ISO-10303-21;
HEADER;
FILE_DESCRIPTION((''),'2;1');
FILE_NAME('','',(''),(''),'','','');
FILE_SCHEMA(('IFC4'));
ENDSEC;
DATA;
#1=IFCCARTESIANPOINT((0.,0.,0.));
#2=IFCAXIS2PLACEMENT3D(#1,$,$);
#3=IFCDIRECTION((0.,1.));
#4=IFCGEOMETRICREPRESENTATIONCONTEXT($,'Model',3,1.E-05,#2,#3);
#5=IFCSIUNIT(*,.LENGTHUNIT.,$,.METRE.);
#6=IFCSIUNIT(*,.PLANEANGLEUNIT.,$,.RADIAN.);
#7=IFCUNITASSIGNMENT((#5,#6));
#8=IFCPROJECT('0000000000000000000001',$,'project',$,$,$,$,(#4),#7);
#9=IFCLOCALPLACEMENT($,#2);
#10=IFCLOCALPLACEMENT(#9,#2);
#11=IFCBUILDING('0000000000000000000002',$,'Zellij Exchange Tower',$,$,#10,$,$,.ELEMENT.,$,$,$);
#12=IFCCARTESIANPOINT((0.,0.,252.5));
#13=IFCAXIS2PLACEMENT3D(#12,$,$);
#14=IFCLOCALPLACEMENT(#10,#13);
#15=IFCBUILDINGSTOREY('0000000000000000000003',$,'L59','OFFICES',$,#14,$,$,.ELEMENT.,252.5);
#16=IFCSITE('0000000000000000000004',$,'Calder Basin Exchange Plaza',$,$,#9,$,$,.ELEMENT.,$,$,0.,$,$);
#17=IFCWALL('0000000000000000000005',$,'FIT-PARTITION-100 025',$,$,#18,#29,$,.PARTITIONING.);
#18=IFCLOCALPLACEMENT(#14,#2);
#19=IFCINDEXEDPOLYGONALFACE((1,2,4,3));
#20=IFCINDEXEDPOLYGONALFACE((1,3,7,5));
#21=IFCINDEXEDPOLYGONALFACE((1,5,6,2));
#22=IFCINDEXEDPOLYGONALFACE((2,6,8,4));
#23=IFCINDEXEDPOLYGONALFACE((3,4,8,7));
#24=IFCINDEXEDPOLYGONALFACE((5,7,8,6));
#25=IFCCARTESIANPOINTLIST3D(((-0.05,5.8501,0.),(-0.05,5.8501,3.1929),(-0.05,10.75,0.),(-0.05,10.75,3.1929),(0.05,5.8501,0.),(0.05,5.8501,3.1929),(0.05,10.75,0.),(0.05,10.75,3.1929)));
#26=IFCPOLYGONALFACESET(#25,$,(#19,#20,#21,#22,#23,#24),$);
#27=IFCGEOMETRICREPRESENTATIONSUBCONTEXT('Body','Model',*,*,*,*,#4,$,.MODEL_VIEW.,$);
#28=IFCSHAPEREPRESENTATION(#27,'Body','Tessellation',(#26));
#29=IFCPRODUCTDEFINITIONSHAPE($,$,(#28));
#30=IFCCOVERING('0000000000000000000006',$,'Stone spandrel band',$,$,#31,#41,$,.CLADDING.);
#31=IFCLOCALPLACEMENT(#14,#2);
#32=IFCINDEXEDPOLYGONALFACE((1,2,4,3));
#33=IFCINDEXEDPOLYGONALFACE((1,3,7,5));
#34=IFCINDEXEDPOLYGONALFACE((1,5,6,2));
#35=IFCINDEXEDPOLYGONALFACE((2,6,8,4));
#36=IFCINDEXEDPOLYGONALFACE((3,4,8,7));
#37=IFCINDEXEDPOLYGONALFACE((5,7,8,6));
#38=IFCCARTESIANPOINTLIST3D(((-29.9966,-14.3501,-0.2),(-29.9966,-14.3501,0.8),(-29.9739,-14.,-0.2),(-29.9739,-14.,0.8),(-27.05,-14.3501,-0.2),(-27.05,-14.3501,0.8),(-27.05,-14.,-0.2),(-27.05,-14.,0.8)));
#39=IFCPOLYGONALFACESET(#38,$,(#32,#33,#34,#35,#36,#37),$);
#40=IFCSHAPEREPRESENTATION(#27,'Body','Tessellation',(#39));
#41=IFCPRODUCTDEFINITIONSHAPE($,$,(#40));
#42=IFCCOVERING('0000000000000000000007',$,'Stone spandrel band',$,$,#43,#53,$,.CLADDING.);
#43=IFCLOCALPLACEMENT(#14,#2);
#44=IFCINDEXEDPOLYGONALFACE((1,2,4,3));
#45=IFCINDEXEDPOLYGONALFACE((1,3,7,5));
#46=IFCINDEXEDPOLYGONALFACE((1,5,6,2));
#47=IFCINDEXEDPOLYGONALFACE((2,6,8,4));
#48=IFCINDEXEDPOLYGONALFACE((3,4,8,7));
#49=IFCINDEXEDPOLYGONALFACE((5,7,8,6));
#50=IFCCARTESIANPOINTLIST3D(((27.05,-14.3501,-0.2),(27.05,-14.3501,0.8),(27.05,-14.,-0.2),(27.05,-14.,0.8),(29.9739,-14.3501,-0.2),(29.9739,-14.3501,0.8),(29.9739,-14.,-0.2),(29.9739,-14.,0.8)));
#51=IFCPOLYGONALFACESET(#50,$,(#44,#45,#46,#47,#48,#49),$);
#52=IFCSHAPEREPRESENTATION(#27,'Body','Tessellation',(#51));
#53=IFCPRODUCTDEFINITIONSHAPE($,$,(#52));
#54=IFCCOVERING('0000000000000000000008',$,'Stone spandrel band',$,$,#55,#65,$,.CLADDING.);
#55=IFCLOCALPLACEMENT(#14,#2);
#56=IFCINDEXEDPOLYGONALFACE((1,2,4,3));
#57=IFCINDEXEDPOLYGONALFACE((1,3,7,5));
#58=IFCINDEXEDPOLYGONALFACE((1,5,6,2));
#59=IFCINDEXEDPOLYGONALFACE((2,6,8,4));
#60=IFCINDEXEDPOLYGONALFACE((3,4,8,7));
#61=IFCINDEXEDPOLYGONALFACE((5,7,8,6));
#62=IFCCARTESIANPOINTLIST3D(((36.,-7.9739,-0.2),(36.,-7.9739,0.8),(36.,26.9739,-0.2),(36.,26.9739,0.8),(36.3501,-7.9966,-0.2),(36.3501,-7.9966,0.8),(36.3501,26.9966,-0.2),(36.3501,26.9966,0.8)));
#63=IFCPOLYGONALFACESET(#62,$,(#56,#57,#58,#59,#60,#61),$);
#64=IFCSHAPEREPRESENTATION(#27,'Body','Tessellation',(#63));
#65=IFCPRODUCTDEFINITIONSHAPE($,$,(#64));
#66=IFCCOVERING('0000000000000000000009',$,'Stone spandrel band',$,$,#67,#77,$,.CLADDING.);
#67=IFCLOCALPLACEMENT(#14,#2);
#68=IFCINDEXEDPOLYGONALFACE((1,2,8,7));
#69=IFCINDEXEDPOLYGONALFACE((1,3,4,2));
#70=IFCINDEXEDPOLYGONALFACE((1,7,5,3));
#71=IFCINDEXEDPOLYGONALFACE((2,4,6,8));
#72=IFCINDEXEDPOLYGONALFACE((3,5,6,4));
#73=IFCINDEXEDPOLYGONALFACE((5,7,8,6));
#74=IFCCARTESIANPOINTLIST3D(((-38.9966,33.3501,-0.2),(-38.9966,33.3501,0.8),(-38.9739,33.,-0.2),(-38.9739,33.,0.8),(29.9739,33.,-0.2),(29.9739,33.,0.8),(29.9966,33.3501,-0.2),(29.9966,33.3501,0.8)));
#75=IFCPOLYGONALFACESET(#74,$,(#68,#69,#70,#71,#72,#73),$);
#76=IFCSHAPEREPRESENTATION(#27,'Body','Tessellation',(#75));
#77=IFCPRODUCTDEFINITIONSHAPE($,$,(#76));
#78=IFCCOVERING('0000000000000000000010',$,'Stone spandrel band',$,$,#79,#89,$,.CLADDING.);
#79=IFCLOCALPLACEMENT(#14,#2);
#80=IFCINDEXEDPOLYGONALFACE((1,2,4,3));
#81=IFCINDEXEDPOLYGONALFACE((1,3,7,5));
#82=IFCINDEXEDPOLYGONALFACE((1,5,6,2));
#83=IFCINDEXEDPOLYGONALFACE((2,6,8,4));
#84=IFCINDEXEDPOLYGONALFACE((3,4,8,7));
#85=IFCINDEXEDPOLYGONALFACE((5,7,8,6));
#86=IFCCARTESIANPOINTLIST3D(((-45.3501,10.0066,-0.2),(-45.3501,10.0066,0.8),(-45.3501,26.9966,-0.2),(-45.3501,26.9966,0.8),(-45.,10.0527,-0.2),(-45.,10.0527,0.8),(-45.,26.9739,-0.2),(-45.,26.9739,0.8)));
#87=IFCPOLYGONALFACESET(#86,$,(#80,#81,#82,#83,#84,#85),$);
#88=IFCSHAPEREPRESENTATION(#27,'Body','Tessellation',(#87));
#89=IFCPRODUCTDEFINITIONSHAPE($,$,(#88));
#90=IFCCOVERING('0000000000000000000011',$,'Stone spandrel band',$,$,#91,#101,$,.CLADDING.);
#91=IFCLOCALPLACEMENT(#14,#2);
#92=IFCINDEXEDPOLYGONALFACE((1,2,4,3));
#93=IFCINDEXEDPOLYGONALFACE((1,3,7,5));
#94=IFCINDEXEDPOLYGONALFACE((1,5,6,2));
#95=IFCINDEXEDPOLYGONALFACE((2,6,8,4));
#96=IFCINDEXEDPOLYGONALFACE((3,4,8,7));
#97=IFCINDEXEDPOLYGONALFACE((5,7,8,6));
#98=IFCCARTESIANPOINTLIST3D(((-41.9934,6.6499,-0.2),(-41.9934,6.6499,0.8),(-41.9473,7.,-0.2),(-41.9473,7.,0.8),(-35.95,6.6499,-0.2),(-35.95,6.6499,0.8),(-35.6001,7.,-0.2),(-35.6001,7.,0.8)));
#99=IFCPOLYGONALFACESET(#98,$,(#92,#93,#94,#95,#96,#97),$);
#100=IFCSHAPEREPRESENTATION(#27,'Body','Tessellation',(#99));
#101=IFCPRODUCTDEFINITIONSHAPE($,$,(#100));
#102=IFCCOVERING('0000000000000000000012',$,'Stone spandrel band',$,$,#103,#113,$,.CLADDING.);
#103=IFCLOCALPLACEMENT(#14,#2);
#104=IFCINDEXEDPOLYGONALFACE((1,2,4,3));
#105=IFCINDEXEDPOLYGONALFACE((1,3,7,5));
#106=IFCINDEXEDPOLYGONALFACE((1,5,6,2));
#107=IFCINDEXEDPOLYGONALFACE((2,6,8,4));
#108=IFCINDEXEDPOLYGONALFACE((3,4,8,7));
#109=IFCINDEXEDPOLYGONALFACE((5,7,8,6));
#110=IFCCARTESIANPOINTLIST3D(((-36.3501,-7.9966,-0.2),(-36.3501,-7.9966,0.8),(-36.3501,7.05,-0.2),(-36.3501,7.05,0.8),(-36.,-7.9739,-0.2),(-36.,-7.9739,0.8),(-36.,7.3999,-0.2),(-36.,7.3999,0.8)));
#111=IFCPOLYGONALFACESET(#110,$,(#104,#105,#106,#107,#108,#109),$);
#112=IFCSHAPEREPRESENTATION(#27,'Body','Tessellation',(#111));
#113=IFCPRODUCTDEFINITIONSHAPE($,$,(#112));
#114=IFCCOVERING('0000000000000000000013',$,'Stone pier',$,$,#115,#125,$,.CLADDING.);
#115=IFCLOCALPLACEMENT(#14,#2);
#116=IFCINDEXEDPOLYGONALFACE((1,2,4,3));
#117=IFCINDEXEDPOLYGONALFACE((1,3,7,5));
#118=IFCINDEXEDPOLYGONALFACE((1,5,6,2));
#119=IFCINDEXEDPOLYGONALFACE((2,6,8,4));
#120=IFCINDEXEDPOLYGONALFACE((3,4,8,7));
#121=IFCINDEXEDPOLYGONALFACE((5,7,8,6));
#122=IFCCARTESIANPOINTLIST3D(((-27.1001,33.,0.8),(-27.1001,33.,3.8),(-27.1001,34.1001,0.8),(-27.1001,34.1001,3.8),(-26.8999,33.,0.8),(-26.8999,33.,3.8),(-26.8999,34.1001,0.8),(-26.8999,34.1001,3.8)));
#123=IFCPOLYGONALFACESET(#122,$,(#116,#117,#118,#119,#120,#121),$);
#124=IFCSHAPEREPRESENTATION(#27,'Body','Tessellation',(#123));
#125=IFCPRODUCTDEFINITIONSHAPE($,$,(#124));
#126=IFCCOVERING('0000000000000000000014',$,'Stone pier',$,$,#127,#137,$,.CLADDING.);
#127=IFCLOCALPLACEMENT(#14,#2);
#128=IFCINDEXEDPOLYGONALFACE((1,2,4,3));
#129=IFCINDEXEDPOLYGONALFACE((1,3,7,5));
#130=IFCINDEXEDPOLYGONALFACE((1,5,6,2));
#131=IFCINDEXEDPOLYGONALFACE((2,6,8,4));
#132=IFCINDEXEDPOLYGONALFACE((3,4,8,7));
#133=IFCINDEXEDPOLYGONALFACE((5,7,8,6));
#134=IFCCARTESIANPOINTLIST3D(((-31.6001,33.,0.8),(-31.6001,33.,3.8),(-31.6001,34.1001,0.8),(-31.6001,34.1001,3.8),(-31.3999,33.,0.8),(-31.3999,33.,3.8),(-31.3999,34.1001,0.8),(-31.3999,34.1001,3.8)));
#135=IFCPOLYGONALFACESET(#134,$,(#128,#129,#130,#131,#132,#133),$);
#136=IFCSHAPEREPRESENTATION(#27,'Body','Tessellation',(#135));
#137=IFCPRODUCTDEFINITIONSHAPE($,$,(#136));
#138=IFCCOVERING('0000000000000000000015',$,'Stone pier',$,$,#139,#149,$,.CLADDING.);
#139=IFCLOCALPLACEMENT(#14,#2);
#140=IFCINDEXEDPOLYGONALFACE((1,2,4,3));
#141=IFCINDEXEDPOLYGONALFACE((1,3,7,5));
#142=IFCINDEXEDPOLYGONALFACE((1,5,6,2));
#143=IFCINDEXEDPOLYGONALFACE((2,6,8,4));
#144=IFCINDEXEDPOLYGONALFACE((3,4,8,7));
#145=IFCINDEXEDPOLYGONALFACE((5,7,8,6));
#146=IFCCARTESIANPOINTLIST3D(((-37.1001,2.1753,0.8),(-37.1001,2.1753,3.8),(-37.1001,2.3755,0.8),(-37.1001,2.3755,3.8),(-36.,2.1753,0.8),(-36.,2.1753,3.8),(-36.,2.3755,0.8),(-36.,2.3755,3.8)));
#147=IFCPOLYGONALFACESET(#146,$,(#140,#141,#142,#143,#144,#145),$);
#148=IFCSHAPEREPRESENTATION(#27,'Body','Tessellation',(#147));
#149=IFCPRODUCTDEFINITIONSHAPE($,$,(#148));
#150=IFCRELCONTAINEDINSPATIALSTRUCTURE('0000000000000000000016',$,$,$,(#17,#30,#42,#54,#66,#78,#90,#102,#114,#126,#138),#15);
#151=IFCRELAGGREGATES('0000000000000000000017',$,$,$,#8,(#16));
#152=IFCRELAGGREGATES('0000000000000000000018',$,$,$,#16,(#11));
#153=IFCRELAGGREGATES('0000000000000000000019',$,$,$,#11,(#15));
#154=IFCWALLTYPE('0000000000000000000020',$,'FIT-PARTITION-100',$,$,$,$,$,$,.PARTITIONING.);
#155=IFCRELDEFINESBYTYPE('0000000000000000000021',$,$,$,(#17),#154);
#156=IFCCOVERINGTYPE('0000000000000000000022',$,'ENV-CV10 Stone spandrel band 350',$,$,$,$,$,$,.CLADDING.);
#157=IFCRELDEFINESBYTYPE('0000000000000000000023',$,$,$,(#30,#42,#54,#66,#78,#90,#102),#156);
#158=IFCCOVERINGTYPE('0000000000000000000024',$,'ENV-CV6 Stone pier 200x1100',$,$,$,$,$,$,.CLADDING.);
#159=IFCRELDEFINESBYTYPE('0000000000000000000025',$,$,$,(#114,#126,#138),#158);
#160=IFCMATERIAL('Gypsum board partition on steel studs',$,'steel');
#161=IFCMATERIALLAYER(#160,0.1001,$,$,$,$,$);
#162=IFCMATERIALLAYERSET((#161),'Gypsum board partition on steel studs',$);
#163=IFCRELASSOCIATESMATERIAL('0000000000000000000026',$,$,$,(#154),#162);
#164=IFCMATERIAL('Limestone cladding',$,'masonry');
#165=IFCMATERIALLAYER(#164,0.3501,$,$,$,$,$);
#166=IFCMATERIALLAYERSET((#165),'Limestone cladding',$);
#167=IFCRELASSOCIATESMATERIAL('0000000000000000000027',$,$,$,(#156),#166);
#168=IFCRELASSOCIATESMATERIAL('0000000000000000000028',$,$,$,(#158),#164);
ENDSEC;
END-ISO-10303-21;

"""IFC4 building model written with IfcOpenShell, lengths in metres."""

from ifc_helpers import new_model, si_unit, direction, frame, frame_2d, origin, place, context, subcontext, project, spatial, polyline, rectangle, outline, extrude, material, layer, layer_set, type_object, element, save


model = new_model("IFC4")

# Units and contexts
model_context = context("Model", 3, precision=1e-05, world=origin(), true_north=direction((0.0, 1.0)))
body_context = subcontext(model_context, "Body", "Model", "MODEL_VIEW")
ifc_project = project(units=[si_unit("LENGTHUNIT", "METRE"), si_unit("PLANEANGLEUNIT", "RADIAN")], contexts=[model_context])

# Site, building, storey
site_placement = place(None, origin())
site = spatial("IfcSite", under=ifc_project, at=site_placement, Name="Calder Basin Exchange Plaza", CompositionType="ELEMENT", RefElevation=0.0)
building_placement = place(site_placement, origin())
building = spatial("IfcBuilding", under=site, at=building_placement, Name="Zellij Exchange Tower", CompositionType="ELEMENT")
storey_placement = place(building_placement, frame((0.0, 0.0, 252.5)))
storey = spatial("IfcBuildingStorey", under=building, at=storey_placement, Name="L59", Description="OFFICES", CompositionType="ELEMENT", Elevation=252.5)

# Shared definitions
ifc_material_1 = material(Name="Gypsum board partition on steel studs", Category="steel")
ifc_layer_1 = layer(ifc_material_1, 0.1001)
ifc_layer_set_1 = layer_set([ifc_layer_1], Name="Gypsum board partition on steel studs")
wall_type_1 = type_object("IfcWallType", Name="FIT-PARTITION-100", PredefinedType="PARTITIONING", material=ifc_layer_set_1)

# Wall
wall_1_placement = place(storey_placement, frame((0.0, 5.8501, 0.0), z_axis=(0.0, 0.0, 1.0), x_axis=(0.0, 1.0, 0.0)))
element("IfcWall", 1, at=wall_1_placement, inside=storey, type_object=wall_type_1, Name="FIT-PARTITION-100 025", PredefinedType="PARTITIONING", context=body_context, shape_type="SweptSolid", body=[
    extrude(rectangle(XDim=4.8999, YDim=0.1001, at=frame_2d((2.45, 0.0))), origin(), (0.0, 0.0, 1.0), 3.1929),
])

# Coverings
ifc_material_2 = material(Name="Limestone cladding", Category="masonry")
ifc_layer_2 = layer(ifc_material_2, 0.3501)
ifc_layer_set_2 = layer_set([ifc_layer_2], Name="Limestone cladding")
covering_type_1 = type_object("IfcCoveringType", Name="ENV-CV10 Stone spandrel band 350", PredefinedType="CLADDING", material=ifc_layer_set_2)
covering_1_placement = place(storey_placement, frame((0.0, 0.0, -0.2)))
element("IfcCovering", 2, at=covering_1_placement, inside=storey, type_object=covering_type_1, Name="Stone spandrel band", PredefinedType="CLADDING", context=body_context, shape_type="SweptSolid", body=[
    extrude(outline(polyline([(-29.9739, -14.0), (-27.05, -14.0), (-27.05, -14.3501), (-29.9966, -14.3501), (-29.9739, -14.0)])), origin(), (0.0, 0.0, 1.0), 1.0),
])
covering_2_placement = place(storey_placement, frame((0.0, 0.0, -0.2)))
element("IfcCovering", 3, at=covering_2_placement, inside=storey, type_object=covering_type_1, Name="Stone spandrel band", PredefinedType="CLADDING", context=body_context, shape_type="SweptSolid", body=[
    extrude(outline(polyline([(27.05, -14.0), (29.9739, -14.0), (29.9739, -14.3501), (27.05, -14.3501), (27.05, -14.0)])), origin(), (0.0, 0.0, 1.0), 1.0),
])
covering_3_placement = place(storey_placement, frame((0.0, 0.0, -0.2)))
element("IfcCovering", 4, at=covering_3_placement, inside=storey, type_object=covering_type_1, Name="Stone spandrel band", PredefinedType="CLADDING", context=body_context, shape_type="SweptSolid", body=[
    extrude(outline(polyline([(36.0, -7.9739), (36.0, 26.9739), (36.3501, 26.9966), (36.3501, -7.9966), (36.0, -7.9739)])), origin(), (0.0, 0.0, 1.0), 1.0),
])
covering_4_placement = place(storey_placement, frame((0.0, 0.0, -0.2)))
element("IfcCovering", 5, at=covering_4_placement, inside=storey, type_object=covering_type_1, Name="Stone spandrel band", PredefinedType="CLADDING", context=body_context, shape_type="SweptSolid", body=[
    extrude(outline(polyline([(29.9739, 33.0), (-38.9739, 33.0), (-38.9966, 33.3501), (29.9966, 33.3501), (29.9739, 33.0)])), origin(), (0.0, 0.0, 1.0), 1.0),
])
covering_5_placement = place(storey_placement, frame((0.0, 0.0, -0.2)))
element("IfcCovering", 6, at=covering_5_placement, inside=storey, type_object=covering_type_1, Name="Stone spandrel band", PredefinedType="CLADDING", context=body_context, shape_type="SweptSolid", body=[
    extrude(outline(polyline([(-45.0, 26.9739), (-45.0, 10.0527), (-45.3501, 10.0066), (-45.3501, 26.9966), (-45.0, 26.9739)])), origin(), (0.0, 0.0, 1.0), 1.0),
])
covering_6_placement = place(storey_placement, frame((0.0, 0.0, -0.2)))
element("IfcCovering", 7, at=covering_6_placement, inside=storey, type_object=covering_type_1, Name="Stone spandrel band", PredefinedType="CLADDING", context=body_context, shape_type="SweptSolid", body=[
    extrude(outline(polyline([(-41.9473, 7.0), (-35.6001, 7.0), (-35.95, 6.6499), (-41.9934, 6.6499), (-41.9473, 7.0)])), origin(), (0.0, 0.0, 1.0), 1.0),
])
covering_7_placement = place(storey_placement, frame((0.0, 0.0, -0.2)))
element("IfcCovering", 8, at=covering_7_placement, inside=storey, type_object=covering_type_1, Name="Stone spandrel band", PredefinedType="CLADDING", context=body_context, shape_type="SweptSolid", body=[
    extrude(outline(polyline([(-36.0, 7.3999), (-36.0, -7.9739), (-36.3501, -7.9966), (-36.3501, 7.05), (-36.0, 7.3999)])), origin(), (0.0, 0.0, 1.0), 1.0),
])
covering_type_2 = type_object("IfcCoveringType", Name="ENV-CV6 Stone pier 200x1100", PredefinedType="CLADDING", material=ifc_material_2)
covering_8_placement = place(storey_placement, frame((0.0, 0.0, 0.8)))
element("IfcCovering", 9, at=covering_8_placement, inside=storey, type_object=covering_type_2, Name="Stone pier", PredefinedType="CLADDING", context=body_context, shape_type="SweptSolid", body=[
    extrude(outline(polyline([(-26.8999, 33.0), (-27.1001, 33.0), (-27.1001, 34.1001), (-26.8999, 34.1001), (-26.8999, 33.0)])), origin(), (0.0, 0.0, 1.0), 3.0),
])
covering_9_placement = place(storey_placement, frame((0.0, 0.0, 0.8)))
element("IfcCovering", 10, at=covering_9_placement, inside=storey, type_object=covering_type_2, Name="Stone pier", PredefinedType="CLADDING", context=body_context, shape_type="SweptSolid", body=[
    extrude(outline(polyline([(-31.3999, 33.0), (-31.6001, 33.0), (-31.6001, 34.1001), (-31.3999, 34.1001), (-31.3999, 33.0)])), origin(), (0.0, 0.0, 1.0), 3.0),
])
covering_10_placement = place(storey_placement, frame((0.0, 0.0, 0.8)))
element("IfcCovering", 11, at=covering_10_placement, inside=storey, type_object=covering_type_2, Name="Stone pier", PredefinedType="CLADDING", context=body_context, shape_type="SweptSolid", body=[
    extrude(outline(polyline([(-36.0, 2.3755), (-36.0, 2.1753), (-37.1001, 2.1753), (-37.1001, 2.3755), (-36.0, 2.3755)])), origin(), (0.0, 0.0, 1.0), 3.0),
])

save(model, "model.ifc")
